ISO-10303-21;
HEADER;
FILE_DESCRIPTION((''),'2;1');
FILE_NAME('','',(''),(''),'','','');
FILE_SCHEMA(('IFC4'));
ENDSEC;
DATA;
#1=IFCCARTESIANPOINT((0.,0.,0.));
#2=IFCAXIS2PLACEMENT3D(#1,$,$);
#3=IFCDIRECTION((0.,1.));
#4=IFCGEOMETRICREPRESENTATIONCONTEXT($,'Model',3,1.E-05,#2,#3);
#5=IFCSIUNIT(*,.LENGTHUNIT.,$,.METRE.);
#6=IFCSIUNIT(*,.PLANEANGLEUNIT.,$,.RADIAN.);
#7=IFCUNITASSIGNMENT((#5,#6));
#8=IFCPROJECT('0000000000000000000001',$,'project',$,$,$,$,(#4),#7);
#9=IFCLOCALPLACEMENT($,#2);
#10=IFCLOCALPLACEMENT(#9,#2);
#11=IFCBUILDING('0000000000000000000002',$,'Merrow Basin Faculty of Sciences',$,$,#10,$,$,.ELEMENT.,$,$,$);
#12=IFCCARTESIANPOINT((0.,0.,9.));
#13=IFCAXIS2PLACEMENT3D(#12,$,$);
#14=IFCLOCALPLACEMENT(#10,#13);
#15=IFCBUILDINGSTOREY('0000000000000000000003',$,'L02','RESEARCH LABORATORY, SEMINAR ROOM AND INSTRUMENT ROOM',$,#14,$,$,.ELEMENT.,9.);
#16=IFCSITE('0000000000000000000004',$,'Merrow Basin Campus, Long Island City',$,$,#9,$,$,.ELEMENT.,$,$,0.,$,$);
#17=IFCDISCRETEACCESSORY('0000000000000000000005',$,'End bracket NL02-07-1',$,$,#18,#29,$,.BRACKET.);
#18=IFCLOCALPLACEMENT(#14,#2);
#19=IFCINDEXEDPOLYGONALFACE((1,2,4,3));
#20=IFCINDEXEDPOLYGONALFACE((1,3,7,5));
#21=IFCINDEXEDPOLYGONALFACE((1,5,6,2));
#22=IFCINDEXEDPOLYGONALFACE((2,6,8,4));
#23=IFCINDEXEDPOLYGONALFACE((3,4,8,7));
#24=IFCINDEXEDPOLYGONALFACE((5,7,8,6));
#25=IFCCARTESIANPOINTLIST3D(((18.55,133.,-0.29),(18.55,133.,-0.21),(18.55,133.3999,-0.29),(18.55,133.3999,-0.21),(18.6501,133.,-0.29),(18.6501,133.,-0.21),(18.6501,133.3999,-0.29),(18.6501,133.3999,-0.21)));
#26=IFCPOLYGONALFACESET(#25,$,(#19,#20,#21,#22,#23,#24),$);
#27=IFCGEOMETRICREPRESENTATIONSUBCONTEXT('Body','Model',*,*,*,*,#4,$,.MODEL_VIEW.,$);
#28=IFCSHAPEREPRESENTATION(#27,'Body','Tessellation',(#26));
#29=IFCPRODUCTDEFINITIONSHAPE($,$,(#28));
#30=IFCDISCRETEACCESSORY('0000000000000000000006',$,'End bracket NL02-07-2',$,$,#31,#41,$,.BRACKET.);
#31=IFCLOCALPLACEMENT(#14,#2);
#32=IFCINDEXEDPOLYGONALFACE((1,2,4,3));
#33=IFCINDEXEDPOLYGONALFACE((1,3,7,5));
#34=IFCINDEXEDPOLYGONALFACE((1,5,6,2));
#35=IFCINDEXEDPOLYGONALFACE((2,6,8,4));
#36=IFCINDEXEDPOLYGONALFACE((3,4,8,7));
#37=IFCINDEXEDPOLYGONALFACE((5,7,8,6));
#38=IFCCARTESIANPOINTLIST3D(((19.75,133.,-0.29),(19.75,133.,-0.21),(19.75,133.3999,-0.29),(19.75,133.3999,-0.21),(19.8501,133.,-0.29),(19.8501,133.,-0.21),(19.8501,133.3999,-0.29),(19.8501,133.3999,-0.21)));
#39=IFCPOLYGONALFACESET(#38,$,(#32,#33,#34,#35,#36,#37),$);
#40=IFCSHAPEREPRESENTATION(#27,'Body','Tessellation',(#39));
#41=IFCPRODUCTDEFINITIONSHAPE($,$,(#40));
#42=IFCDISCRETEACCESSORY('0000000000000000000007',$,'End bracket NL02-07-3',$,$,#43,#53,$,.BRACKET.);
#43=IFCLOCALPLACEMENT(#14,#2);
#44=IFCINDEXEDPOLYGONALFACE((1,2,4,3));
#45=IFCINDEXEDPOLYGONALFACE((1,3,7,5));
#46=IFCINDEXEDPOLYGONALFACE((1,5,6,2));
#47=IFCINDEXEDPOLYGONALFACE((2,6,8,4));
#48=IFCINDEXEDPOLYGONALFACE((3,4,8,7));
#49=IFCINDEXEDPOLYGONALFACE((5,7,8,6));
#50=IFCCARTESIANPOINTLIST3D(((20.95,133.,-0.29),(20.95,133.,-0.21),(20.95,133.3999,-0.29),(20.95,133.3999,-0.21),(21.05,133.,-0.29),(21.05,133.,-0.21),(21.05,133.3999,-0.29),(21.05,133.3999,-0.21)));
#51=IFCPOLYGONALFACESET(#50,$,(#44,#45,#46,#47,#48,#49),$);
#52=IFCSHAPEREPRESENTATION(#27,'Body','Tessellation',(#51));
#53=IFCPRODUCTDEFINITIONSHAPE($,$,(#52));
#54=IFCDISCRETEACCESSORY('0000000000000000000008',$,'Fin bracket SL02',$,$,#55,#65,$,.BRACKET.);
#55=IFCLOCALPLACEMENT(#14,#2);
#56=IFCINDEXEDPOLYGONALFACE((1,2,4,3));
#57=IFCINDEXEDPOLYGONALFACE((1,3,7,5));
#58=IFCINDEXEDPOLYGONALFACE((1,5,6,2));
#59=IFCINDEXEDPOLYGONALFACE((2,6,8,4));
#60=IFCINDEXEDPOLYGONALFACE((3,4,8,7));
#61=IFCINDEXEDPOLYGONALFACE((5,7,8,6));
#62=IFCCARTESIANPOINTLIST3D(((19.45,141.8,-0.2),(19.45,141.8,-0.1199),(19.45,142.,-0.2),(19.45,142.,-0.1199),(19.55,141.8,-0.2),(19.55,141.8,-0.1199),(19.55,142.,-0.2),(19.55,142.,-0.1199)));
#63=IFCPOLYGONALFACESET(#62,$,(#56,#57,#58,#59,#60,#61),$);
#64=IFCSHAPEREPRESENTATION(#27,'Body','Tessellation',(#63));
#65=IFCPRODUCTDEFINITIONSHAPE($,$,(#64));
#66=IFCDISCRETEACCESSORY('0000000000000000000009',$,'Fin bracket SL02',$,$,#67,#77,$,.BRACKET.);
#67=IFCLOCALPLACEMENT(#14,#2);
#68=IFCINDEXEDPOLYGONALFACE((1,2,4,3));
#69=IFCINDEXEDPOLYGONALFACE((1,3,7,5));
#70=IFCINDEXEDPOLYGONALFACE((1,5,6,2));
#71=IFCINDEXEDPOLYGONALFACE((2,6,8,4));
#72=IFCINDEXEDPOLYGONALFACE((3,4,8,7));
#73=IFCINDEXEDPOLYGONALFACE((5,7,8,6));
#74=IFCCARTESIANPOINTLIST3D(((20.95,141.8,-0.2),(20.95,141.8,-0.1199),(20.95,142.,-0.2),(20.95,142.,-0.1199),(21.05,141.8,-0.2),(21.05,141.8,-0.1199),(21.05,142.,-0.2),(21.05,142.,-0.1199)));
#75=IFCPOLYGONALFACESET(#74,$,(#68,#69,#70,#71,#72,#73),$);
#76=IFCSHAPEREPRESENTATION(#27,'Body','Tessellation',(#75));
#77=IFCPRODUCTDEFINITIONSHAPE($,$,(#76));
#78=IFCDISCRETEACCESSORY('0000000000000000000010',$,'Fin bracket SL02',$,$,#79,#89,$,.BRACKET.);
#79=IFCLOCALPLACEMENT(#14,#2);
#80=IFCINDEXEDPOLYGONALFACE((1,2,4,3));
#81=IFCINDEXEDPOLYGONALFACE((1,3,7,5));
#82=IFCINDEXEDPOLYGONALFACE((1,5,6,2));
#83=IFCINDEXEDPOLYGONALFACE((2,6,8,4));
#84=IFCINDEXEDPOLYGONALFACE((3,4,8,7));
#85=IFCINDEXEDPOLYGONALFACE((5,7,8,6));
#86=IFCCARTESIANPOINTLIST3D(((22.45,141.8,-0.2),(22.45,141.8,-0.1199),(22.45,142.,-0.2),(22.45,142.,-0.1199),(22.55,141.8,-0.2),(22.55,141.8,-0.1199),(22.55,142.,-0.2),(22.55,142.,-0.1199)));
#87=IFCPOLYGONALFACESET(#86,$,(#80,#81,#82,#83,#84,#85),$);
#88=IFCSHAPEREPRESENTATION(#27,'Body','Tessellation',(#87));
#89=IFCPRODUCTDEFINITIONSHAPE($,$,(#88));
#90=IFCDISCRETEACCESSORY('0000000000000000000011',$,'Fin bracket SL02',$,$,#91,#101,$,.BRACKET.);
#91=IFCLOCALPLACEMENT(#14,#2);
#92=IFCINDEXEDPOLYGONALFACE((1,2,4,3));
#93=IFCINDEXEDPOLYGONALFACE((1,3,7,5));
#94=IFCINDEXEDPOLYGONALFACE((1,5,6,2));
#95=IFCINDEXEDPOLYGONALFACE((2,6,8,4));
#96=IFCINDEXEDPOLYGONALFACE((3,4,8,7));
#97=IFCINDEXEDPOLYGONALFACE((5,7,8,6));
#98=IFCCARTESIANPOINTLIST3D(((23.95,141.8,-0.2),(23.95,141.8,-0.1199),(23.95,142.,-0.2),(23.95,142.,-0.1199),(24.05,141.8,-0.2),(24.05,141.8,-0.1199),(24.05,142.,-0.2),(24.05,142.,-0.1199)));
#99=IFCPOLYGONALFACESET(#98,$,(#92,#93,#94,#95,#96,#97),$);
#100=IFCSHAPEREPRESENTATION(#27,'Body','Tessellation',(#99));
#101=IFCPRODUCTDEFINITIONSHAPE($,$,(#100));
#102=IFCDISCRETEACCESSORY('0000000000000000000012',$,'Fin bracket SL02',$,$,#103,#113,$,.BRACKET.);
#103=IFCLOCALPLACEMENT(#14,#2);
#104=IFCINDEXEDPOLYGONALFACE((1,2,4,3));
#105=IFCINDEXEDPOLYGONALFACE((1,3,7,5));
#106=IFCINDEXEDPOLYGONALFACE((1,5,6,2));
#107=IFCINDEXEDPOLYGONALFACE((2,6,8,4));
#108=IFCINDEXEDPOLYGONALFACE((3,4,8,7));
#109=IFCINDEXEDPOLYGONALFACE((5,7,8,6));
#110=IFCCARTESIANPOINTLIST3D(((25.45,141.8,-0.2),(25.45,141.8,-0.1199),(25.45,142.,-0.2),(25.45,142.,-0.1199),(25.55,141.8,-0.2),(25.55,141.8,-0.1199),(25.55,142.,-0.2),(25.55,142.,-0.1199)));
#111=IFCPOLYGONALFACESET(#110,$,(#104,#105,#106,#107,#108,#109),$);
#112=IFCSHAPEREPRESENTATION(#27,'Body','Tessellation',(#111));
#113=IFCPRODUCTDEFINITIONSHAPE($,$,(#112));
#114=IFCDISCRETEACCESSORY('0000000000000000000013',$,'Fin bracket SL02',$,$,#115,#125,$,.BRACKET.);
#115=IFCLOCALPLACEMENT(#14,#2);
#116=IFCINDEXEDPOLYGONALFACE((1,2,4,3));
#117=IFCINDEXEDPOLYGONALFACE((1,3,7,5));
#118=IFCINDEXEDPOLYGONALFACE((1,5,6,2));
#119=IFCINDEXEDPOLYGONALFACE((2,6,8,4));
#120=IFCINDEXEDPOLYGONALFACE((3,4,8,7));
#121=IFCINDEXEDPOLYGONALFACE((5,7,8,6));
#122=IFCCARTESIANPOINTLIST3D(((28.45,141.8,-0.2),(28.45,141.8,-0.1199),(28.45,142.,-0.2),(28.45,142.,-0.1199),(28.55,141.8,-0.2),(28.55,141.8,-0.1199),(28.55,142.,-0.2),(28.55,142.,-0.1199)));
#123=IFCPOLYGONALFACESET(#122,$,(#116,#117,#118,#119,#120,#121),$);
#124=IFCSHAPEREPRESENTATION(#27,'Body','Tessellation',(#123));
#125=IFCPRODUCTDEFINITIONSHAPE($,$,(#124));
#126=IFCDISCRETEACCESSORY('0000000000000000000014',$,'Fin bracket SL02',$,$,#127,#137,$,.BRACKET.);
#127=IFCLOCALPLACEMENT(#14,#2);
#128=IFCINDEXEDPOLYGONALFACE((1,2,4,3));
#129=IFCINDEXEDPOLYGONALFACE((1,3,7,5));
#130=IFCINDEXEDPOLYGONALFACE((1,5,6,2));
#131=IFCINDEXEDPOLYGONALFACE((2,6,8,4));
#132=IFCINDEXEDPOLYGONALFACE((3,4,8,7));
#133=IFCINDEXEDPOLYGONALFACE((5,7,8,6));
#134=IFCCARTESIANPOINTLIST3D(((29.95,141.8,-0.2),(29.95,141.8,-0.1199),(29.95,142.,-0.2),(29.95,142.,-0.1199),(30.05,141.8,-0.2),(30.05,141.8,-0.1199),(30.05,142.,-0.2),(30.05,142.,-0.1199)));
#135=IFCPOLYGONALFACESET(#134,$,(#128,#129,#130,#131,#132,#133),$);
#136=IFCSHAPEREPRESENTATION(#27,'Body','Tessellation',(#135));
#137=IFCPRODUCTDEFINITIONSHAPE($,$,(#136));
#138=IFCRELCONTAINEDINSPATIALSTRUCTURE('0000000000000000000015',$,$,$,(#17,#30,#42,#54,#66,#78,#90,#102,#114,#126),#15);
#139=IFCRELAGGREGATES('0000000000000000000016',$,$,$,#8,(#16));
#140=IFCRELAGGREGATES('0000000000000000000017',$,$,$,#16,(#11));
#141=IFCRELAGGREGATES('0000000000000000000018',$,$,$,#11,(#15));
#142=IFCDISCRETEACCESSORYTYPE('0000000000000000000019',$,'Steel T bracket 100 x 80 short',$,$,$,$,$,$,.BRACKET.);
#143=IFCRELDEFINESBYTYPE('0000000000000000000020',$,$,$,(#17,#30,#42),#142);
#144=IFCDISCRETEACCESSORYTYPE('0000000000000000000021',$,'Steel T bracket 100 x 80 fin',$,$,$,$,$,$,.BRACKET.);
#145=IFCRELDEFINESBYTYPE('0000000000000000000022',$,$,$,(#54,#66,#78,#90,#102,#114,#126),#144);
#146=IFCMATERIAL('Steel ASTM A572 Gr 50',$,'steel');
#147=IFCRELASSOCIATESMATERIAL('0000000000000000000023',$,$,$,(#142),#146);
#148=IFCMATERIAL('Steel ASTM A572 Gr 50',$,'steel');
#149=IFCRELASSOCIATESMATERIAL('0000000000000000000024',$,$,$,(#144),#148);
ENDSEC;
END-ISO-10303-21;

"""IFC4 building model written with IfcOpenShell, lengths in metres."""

from ifc_helpers import new_model, si_unit, direction, frame, origin, place, context, subcontext, project, spatial, polyline, outline, extrude, source, transform, mapped, material, type_object, element, save


model = new_model("IFC4")

# Units and contexts
model_context = context("Model", 3, precision=1e-05, world=origin(), true_north=direction((0.0, 1.0)))
body_context = subcontext(model_context, "Body", "Model", "MODEL_VIEW")
ifc_project = project(units=[si_unit("LENGTHUNIT", "METRE"), si_unit("PLANEANGLEUNIT", "RADIAN")], contexts=[model_context])

# Site, building, storey
site_placement = place(None, origin())
site = spatial("IfcSite", under=ifc_project, at=site_placement, Name="Merrow Basin Campus, Long Island City", CompositionType="ELEMENT", RefElevation=0.0)
building_placement = place(site_placement, origin())
building = spatial("IfcBuilding", under=site, at=building_placement, Name="Merrow Basin Faculty of Sciences", CompositionType="ELEMENT")
storey_placement = place(building_placement, frame((0.0, 0.0, 9.0)))
storey = spatial("IfcBuildingStorey", under=building, at=storey_placement, Name="L02", Description="RESEARCH LABORATORY, SEMINAR ROOM AND INSTRUMENT ROOM", CompositionType="ELEMENT", Elevation=9.0)

# Discrete accessories
ifc_material_1 = material(Name="Steel ASTM A572 Gr 50", Category="steel")
discrete_accessory_type_1 = type_object("IfcDiscreteAccessoryType", Name="Steel T bracket 100 x 80 short", PredefinedType="BRACKET", material=ifc_material_1)
shared_shape_1 = source(origin(), body_context, "Body", "SweptSolid", [
    extrude(outline(polyline([(0.0, 0.0), (0.1001, 0.0), (0.1001, 0.0801), (0.0, 0.0801), (0.0, 0.0)])), origin(), (0.0, 0.0, 1.0), 0.3999),
])
for number, where, z_axis, x_axis, name in (
    (1, (18.55, 133.3999, -0.29), (0.0, -1.0, 0.0), (1.0, 0.0, 0.0), "End bracket NL02-07-1"),
    (2, (19.75, 133.3999, -0.29), (0.0, -1.0, 0.0), (1.0, 0.0, 0.0), "End bracket NL02-07-2"),
    (3, (20.95, 133.3999, -0.29), (0.0, -1.0, 0.0), (1.0, 0.0, 0.0), "End bracket NL02-07-3"),
):
    element("IfcDiscreteAccessory", number, at=place(storey_placement, frame(where, z_axis=z_axis, x_axis=x_axis)), inside=storey, type_object=discrete_accessory_type_1, Name=name, PredefinedType="BRACKET", context=body_context, shape_type="MappedRepresentation", body=[
        mapped(shared_shape_1, transform((0.0, 0.0, 0.0), scale=1.0)),
    ])
ifc_material_2 = material(Name="Steel ASTM A572 Gr 50", Category="steel")
discrete_accessory_type_2 = type_object("IfcDiscreteAccessoryType", Name="Steel T bracket 100 x 80 fin", PredefinedType="BRACKET", material=ifc_material_2)
shared_shape_2 = source(origin(), body_context, "Body", "SweptSolid", [
    extrude(outline(polyline([(0.0, 0.0), (0.1001, 0.0), (0.1001, 0.0801), (0.0, 0.0801), (0.0, 0.0)])), origin(), (0.0, 0.0, 1.0), 0.2),
])
for number, where, z_axis, x_axis, name in (
    (4, (19.45, 142.0, -0.2), (0.0, -1.0, 0.0), (1.0, 0.0, 0.0), "Fin bracket SL02"),
    (5, (20.95, 142.0, -0.2), (0.0, -1.0, 0.0), (1.0, 0.0, 0.0), "Fin bracket SL02"),
    (6, (22.45, 142.0, -0.2), (0.0, -1.0, 0.0), (1.0, 0.0, 0.0), "Fin bracket SL02"),
    (7, (23.95, 142.0, -0.2), (0.0, -1.0, 0.0), (1.0, 0.0, 0.0), "Fin bracket SL02"),
    (8, (25.45, 142.0, -0.2), (0.0, -1.0, 0.0), (1.0, 0.0, 0.0), "Fin bracket SL02"),
    (9, (28.45, 142.0, -0.2), (0.0, -1.0, 0.0), (1.0, 0.0, 0.0), "Fin bracket SL02"),
    (10, (29.95, 142.0, -0.2), (0.0, -1.0, 0.0), (1.0, 0.0, 0.0), "Fin bracket SL02"),
):
    element("IfcDiscreteAccessory", number, at=place(storey_placement, frame(where, z_axis=z_axis, x_axis=x_axis)), inside=storey, type_object=discrete_accessory_type_2, Name=name, PredefinedType="BRACKET", context=body_context, shape_type="MappedRepresentation", body=[
        mapped(shared_shape_2, transform((0.0, 0.0, 0.0), scale=1.0)),
    ])

save(model, "model.ifc")
